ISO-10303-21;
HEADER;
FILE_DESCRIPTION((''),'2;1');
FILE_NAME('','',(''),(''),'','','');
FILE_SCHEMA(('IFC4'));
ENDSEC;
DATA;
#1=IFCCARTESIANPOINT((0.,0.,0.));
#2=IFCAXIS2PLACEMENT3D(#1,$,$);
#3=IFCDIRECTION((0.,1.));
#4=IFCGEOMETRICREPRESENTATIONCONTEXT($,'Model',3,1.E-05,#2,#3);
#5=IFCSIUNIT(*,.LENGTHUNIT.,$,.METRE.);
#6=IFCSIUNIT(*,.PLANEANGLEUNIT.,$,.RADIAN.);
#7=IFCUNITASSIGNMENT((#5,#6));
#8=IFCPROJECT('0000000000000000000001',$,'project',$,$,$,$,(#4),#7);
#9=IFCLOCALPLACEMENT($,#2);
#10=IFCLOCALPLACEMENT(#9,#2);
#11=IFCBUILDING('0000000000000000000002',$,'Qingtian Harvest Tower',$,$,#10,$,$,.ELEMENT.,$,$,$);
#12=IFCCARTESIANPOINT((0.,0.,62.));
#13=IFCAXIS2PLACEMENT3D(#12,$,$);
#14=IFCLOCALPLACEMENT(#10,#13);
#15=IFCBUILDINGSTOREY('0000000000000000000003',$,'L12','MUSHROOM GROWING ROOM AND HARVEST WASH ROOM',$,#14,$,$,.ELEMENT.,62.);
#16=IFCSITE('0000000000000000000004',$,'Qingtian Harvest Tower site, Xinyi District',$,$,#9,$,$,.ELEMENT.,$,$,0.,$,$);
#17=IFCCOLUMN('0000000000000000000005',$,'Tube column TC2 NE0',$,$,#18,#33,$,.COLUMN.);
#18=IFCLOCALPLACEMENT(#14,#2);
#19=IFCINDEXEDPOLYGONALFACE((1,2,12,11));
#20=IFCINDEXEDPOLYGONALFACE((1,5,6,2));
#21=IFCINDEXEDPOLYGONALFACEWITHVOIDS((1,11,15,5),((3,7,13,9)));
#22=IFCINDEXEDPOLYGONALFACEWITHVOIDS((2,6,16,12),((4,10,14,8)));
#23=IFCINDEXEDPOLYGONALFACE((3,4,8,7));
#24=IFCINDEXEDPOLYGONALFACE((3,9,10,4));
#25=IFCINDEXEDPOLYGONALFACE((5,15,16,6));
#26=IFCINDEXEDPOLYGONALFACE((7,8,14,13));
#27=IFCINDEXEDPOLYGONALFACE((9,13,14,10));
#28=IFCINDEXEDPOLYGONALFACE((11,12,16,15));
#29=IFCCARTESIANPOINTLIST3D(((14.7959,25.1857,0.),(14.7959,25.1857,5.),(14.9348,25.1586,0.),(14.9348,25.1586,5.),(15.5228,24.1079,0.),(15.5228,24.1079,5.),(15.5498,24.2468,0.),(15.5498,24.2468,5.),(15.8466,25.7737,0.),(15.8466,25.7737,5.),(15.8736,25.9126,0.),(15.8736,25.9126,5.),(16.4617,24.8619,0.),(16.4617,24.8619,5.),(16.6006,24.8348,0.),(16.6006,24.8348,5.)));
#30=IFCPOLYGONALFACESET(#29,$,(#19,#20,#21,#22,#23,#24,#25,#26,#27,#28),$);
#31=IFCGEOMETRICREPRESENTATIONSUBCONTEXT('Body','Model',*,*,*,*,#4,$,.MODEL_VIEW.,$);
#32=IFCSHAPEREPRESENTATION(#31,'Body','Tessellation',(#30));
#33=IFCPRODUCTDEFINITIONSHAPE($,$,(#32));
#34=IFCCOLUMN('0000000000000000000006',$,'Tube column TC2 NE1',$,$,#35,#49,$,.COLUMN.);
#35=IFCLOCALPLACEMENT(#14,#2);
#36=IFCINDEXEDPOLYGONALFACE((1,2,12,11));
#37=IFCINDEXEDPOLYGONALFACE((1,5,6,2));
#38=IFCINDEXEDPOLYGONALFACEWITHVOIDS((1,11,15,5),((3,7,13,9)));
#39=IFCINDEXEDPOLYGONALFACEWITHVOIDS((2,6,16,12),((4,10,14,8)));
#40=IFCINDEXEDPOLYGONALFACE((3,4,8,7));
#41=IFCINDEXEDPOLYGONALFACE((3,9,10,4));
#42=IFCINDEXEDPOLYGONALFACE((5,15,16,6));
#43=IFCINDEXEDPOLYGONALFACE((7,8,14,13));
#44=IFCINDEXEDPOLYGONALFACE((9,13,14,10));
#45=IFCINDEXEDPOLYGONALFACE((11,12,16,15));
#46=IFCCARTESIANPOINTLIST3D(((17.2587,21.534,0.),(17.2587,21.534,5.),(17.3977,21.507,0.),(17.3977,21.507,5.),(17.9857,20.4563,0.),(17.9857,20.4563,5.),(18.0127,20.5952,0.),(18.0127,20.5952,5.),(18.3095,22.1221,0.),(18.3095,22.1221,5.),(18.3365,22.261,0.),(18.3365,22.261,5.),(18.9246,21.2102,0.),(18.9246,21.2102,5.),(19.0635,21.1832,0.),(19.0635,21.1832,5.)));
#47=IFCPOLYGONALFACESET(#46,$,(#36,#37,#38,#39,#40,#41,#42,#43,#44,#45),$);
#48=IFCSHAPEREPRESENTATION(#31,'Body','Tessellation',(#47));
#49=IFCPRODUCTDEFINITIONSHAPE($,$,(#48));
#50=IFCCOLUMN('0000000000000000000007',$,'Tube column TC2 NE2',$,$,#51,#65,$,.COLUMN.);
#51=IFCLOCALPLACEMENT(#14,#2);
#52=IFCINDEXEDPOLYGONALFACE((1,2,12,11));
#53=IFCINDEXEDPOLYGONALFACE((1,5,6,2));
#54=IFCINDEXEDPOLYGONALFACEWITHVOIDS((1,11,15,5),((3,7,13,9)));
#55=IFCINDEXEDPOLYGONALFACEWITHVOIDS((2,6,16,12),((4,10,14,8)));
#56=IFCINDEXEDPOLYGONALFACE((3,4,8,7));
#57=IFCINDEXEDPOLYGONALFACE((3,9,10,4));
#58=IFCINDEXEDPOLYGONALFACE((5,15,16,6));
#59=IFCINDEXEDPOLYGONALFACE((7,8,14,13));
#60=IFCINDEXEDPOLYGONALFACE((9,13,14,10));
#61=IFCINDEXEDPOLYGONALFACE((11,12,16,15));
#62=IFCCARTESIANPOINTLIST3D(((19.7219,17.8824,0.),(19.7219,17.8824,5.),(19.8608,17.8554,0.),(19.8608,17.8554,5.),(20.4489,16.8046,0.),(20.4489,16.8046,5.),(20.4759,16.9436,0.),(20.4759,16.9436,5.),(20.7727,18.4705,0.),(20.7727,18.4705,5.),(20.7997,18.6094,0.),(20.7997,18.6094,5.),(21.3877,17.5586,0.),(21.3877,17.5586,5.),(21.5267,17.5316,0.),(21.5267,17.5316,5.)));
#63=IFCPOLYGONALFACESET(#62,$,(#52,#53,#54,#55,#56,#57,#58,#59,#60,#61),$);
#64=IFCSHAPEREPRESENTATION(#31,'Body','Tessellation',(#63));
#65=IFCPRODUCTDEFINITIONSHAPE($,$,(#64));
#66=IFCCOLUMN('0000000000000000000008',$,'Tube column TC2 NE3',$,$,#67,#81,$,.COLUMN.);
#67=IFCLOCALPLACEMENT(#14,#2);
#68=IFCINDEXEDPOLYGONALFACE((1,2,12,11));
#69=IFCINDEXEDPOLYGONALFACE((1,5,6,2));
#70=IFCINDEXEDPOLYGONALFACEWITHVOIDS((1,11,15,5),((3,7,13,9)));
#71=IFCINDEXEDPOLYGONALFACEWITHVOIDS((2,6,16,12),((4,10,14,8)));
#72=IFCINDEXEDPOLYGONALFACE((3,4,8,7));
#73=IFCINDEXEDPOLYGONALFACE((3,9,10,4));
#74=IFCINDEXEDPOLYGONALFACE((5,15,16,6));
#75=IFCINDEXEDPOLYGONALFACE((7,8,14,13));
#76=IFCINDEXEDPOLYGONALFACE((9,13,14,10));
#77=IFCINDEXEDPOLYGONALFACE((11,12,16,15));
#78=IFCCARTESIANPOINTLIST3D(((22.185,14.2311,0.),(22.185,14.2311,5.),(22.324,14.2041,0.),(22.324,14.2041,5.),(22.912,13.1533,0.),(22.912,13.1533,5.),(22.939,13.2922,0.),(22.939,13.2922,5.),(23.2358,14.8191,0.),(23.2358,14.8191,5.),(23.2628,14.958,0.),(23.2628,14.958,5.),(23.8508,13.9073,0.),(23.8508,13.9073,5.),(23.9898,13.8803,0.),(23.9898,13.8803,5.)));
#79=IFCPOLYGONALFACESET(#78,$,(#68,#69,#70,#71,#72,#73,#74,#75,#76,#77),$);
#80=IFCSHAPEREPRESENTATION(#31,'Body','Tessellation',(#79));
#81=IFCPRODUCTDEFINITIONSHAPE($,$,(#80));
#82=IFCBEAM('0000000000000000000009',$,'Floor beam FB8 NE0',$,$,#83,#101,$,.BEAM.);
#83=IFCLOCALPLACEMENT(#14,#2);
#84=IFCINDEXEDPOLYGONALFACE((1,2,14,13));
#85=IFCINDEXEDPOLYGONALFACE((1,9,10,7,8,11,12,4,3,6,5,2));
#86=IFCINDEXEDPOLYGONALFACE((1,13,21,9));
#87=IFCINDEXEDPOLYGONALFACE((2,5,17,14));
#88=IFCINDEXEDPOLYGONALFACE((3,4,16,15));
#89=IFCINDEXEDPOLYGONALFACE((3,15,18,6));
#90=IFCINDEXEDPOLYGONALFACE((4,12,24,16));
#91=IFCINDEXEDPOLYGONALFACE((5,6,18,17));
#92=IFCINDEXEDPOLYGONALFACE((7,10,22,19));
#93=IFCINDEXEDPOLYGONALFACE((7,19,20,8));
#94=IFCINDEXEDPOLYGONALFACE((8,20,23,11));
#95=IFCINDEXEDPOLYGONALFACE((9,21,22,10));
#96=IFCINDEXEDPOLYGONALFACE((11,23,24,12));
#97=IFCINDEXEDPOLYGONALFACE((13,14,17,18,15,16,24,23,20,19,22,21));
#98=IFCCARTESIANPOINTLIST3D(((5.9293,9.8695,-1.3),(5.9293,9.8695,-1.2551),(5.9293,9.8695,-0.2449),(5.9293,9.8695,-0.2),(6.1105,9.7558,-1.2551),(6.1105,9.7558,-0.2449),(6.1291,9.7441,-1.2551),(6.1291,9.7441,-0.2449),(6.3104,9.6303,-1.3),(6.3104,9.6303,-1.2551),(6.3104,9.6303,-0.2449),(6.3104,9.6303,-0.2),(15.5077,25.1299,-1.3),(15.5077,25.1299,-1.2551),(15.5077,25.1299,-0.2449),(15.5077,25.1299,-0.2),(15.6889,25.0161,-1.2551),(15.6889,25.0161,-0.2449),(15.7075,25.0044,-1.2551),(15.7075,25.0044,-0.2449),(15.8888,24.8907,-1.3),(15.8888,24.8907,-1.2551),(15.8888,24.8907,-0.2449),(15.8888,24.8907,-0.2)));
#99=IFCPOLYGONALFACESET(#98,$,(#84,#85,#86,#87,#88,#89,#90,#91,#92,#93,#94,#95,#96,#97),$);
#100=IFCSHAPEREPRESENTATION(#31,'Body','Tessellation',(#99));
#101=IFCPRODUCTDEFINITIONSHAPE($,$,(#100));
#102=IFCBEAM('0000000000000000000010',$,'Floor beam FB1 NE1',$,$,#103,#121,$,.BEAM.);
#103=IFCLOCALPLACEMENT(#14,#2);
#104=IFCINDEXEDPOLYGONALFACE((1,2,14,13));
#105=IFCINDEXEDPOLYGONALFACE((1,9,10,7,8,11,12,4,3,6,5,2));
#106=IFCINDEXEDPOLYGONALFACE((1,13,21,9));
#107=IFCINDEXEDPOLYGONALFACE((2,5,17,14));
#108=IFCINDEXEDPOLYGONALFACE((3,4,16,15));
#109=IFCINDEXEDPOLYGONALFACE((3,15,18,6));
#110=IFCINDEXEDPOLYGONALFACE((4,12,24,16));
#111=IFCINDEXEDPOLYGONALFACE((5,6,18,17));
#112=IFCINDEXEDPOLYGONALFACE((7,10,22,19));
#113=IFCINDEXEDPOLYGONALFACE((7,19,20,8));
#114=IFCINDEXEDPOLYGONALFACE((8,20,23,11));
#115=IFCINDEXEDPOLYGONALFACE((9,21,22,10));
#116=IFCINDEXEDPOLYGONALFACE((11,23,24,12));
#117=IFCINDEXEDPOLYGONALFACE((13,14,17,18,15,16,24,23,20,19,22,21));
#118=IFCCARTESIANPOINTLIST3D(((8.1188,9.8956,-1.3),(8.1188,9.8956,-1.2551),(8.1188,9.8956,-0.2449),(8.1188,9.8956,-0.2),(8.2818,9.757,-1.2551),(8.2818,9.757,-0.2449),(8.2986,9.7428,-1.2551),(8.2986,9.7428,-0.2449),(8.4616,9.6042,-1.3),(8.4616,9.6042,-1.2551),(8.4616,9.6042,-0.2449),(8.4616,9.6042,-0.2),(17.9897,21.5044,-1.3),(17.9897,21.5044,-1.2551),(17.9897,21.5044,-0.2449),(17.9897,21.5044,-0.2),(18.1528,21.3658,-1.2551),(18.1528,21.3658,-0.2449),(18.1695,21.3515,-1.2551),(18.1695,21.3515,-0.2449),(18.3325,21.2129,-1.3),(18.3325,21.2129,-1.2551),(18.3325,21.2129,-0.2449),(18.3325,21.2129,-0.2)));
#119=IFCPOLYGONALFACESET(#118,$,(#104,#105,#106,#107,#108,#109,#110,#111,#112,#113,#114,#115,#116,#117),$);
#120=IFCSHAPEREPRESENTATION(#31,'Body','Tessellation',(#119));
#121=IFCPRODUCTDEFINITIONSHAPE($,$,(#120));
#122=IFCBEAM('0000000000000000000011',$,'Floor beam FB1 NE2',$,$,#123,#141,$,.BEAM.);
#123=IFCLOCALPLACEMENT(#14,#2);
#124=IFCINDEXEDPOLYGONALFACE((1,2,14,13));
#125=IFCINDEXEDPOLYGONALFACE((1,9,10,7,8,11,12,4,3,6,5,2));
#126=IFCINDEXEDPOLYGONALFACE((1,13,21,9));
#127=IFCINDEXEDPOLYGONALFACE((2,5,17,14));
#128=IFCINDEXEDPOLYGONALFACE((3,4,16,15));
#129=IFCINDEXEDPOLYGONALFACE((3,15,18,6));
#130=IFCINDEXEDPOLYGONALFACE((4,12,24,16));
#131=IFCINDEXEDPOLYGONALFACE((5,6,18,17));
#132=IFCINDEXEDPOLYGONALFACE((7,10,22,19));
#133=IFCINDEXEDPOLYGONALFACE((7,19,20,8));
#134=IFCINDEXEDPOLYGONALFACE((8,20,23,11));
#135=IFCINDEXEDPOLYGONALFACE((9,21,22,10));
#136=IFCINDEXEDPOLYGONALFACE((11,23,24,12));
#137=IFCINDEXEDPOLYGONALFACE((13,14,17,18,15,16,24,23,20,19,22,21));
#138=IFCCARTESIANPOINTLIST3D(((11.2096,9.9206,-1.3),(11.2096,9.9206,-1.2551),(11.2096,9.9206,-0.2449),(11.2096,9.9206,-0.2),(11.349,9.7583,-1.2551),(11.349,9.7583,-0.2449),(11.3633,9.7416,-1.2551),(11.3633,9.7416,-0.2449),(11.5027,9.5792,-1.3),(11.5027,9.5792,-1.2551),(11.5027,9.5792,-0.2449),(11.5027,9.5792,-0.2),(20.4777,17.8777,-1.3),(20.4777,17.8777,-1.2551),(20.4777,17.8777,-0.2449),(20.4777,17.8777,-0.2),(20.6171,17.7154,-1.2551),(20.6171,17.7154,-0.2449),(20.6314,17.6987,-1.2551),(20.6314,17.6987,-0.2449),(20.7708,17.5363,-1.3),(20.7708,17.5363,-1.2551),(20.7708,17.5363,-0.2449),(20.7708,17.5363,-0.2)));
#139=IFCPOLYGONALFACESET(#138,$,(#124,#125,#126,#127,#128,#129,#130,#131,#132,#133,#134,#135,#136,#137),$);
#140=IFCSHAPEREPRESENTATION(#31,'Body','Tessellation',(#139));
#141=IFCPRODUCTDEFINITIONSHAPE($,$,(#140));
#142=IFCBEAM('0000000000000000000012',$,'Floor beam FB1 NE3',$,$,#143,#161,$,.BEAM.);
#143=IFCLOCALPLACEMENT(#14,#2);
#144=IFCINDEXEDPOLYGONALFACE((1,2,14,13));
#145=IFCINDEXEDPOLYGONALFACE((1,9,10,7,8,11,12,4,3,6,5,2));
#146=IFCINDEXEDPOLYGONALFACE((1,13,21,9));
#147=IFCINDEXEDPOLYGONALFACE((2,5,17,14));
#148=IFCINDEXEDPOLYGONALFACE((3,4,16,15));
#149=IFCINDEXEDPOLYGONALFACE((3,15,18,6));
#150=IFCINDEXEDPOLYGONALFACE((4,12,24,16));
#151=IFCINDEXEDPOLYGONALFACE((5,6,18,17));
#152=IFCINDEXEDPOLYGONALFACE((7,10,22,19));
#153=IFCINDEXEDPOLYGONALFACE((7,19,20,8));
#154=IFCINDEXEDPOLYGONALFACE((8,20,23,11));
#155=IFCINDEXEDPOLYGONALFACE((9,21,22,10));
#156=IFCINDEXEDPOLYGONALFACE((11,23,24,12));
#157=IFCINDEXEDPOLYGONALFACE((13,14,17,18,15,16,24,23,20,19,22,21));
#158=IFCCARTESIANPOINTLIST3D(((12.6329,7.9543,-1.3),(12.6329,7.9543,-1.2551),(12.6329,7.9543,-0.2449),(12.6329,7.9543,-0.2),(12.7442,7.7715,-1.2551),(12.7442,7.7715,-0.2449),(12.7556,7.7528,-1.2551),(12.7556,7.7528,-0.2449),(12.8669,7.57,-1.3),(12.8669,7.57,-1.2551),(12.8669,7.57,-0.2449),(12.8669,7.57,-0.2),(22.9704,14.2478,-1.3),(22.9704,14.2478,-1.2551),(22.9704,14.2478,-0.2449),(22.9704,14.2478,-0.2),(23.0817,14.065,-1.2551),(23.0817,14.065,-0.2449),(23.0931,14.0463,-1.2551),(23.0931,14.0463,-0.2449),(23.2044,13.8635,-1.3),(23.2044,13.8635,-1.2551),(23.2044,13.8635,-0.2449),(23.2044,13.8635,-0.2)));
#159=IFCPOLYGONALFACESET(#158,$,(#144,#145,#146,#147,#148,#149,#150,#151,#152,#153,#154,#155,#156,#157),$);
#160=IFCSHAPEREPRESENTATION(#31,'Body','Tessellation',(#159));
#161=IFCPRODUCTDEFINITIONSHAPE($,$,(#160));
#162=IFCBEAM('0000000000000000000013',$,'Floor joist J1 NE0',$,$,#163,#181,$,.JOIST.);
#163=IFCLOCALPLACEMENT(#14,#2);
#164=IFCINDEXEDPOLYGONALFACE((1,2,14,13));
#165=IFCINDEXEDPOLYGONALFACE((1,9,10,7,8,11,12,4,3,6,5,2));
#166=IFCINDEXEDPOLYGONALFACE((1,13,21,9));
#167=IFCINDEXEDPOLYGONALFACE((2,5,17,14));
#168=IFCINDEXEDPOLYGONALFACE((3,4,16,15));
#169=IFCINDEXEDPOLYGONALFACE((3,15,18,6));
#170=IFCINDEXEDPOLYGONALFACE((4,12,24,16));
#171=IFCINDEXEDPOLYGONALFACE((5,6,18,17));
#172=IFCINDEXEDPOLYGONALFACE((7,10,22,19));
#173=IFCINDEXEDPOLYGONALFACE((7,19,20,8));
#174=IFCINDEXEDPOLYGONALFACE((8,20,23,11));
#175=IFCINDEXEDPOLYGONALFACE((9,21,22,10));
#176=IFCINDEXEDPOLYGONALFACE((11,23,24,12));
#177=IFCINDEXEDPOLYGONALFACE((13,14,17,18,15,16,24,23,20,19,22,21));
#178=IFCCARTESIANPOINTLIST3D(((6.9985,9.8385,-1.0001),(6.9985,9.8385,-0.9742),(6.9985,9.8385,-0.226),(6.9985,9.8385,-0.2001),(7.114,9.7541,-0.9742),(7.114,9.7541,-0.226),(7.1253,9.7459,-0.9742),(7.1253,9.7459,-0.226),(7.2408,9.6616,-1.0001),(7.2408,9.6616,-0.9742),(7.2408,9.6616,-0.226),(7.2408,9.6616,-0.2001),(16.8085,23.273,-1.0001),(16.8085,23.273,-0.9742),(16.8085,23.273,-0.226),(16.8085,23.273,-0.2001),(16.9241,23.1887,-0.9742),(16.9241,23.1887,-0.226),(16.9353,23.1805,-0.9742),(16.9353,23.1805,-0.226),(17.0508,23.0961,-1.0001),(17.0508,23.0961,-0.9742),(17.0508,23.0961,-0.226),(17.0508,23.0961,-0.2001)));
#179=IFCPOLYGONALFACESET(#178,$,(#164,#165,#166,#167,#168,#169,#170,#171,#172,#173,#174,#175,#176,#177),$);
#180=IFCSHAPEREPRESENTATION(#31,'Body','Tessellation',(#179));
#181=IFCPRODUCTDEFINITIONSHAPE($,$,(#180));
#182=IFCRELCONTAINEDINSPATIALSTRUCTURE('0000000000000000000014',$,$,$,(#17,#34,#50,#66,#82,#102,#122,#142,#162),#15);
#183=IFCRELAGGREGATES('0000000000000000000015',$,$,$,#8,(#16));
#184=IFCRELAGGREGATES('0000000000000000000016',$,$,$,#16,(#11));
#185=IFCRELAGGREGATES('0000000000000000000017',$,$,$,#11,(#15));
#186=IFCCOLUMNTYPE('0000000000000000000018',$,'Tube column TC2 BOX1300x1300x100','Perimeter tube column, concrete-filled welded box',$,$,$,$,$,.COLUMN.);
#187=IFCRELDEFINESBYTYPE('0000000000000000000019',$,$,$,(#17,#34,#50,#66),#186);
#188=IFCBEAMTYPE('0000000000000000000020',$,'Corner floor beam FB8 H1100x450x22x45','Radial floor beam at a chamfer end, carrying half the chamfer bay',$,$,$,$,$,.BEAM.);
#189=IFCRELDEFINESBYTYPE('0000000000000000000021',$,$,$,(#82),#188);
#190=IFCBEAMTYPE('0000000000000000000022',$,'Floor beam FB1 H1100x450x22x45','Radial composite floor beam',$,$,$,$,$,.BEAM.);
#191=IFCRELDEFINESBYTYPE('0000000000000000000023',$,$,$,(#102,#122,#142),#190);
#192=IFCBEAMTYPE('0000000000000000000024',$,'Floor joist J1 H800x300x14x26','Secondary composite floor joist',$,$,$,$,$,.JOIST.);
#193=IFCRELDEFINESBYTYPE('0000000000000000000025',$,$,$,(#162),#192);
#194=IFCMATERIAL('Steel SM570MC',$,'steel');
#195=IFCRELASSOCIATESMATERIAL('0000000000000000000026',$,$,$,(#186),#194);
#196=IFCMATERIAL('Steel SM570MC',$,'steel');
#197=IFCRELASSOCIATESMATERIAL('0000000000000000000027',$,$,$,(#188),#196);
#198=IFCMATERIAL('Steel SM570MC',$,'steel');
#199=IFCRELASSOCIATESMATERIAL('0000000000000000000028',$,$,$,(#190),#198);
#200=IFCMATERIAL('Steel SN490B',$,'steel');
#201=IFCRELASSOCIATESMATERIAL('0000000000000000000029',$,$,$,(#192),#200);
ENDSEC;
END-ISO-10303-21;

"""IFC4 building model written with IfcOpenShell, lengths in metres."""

from ifc_helpers import new_model, si_unit, direction, frame, origin, origin_2d, place, context, subcontext, project, spatial, hollow_rectangle, i_section, extrude, material, material_profile, profile_set, type_object, element, save


model = new_model("IFC4")

# Units and contexts
model_context = context("Model", 3, precision=1e-05, world=origin(), true_north=direction((0.0, 1.0)))
body_context = subcontext(model_context, "Body", "Model", "MODEL_VIEW")
ifc_project = project(units=[si_unit("LENGTHUNIT", "METRE"), si_unit("PLANEANGLEUNIT", "RADIAN")], contexts=[model_context])

# Site, building, storey
site_placement = place(None, origin())
site = spatial("IfcSite", under=ifc_project, at=site_placement, Name="Qingtian Harvest Tower site, Xinyi District", CompositionType="ELEMENT", RefElevation=0.0)
building_placement = place(site_placement, origin())
building = spatial("IfcBuilding", under=site, at=building_placement, Name="Qingtian Harvest Tower", CompositionType="ELEMENT")
storey_placement = place(building_placement, frame((0.0, 0.0, 62.0)))
storey = spatial("IfcBuildingStorey", under=building, at=storey_placement, Name="L12", Description="MUSHROOM GROWING ROOM AND HARVEST WASH ROOM", CompositionType="ELEMENT", Elevation=62.0)

# Columns
ifc_material_1 = material(Name="Steel SM570MC", Category="steel")
ifc_material_profile_1 = material_profile(ifc_material_1, hollow_rectangle(XDim=1.3, YDim=1.3, WallThickness=0.1001, at=origin_2d()), Name="BOX1300x1300x100")
ifc_profile_set_1 = profile_set([ifc_material_profile_1], Name="Steel SM570MC")
column_type = type_object("IfcColumnType", Name="Tube column TC2 BOX1300x1300x100", Description="Perimeter tube column, concrete-filled welded box", PredefinedType="COLUMN", material=ifc_profile_set_1)
for number, where, z_axis, x_axis, name in (
    (1, (15.6982, 25.0103, 0.0), (0.0, 0.0, 1.0), (-0.559193, 0.829038, 0.0), "Tube column TC2 NE0"),
    (2, (18.1611, 21.3586, 0.0), (0.0, 0.0, 1.0), (-0.559193, 0.829038, 0.0), "Tube column TC2 NE1"),
    (3, (20.6243, 17.707, 0.0), (0.0, 0.0, 1.0), (-0.559193, 0.829038, 0.0), "Tube column TC2 NE2"),
    (4, (23.0874, 14.0557, 0.0), (0.0, 0.0, 1.0), (-0.559193, 0.829038, 0.0), "Tube column TC2 NE3"),
):
    element("IfcColumn", number, at=place(storey_placement, frame(where, z_axis=z_axis, x_axis=x_axis)), inside=storey, type_object=column_type, Name=name, PredefinedType="COLUMN", context=body_context, shape_type="SweptSolid", body=[
        extrude(hollow_rectangle(XDim=1.3, YDim=1.3, WallThickness=0.1001, at=origin_2d()), origin(), (0.0, 0.0, 1.0), 5.0),
    ])

# Beams
ifc_material_2 = material(Name="Steel SM570MC", Category="steel")
ifc_material_profile_2 = material_profile(ifc_material_2, i_section(OverallWidth=0.45, OverallDepth=1.1001, WebThickness=0.022, FlangeThickness=0.0449, at=origin_2d()), Name="H1100x450x22x45")
ifc_profile_set_2 = profile_set([ifc_material_profile_2], Name="Steel SM570MC")
beam_type_1 = type_object("IfcBeamType", Name="Corner floor beam FB8 H1100x450x22x45", Description="Radial floor beam at a chamfer end, carrying half the chamfer bay", PredefinedType="BEAM", material=ifc_profile_set_2)
beam_1_placement = place(storey_placement, frame((15.6982, 25.0103, -0.75), z_axis=(-0.531623, -0.846981, 0.0), x_axis=(0.846981, -0.531623, 0.0)))
element("IfcBeam", 5, at=beam_1_placement, inside=storey, type_object=beam_type_1, Name="Floor beam FB8 NE0", PredefinedType="BEAM", context=body_context, shape_type="SweptSolid", body=[
    extrude(i_section(OverallWidth=0.45, OverallDepth=1.1001, WebThickness=0.022, FlangeThickness=0.0449, at=origin_2d()), origin(), (0.0, 0.0, 1.0), 18.0173),
])
ifc_material_3 = material(Name="Steel SM570MC", Category="steel")
ifc_material_profile_3 = material_profile(ifc_material_3, i_section(OverallWidth=0.45, OverallDepth=1.1001, WebThickness=0.022, FlangeThickness=0.0449, at=origin_2d()), Name="H1100x450x22x45")
ifc_profile_set_3 = profile_set([ifc_material_profile_3], Name="Steel SM570MC")
beam_type_2 = type_object("IfcBeamType", Name="Floor beam FB1 H1100x450x22x45", Description="Radial composite floor beam", PredefinedType="BEAM", material=ifc_profile_set_3)
beam_2_placement = place(storey_placement, frame((18.1611, 21.3586, -0.75), z_axis=(-0.647782, -0.761826, 0.0), x_axis=(0.761826, -0.647782, 0.0)))
element("IfcBeam", 6, at=beam_2_placement, inside=storey, type_object=beam_type_2, Name="Floor beam FB1 NE1", PredefinedType="BEAM", context=body_context, shape_type="SweptSolid", body=[
    extrude(i_section(OverallWidth=0.45, OverallDepth=1.1001, WebThickness=0.022, FlangeThickness=0.0449, at=origin_2d()), origin(), (0.0, 0.0, 1.0), 15.238),
])
beam_3_placement = place(storey_placement, frame((20.6243, 17.707, -0.75), z_axis=(-0.758732, -0.651403, 0.0), x_axis=(0.651403, -0.758732, 0.0)))
element("IfcBeam", 7, at=beam_3_placement, inside=storey, type_object=beam_type_2, Name="Floor beam FB1 NE2", PredefinedType="BEAM", context=body_context, shape_type="SweptSolid", body=[
    extrude(i_section(OverallWidth=0.45, OverallDepth=1.1001, WebThickness=0.022, FlangeThickness=0.0449, at=origin_2d()), origin(), (0.0, 0.0, 1.0), 12.2153),
])
beam_4_placement = place(storey_placement, frame((23.0874, 14.0557, -0.75), z_axis=(-0.854157, -0.520015, 0.0), x_axis=(0.520015, -0.854157, 0.0)))
element("IfcBeam", 8, at=beam_4_placement, inside=storey, type_object=beam_type_2, Name="Floor beam FB1 NE3", PredefinedType="BEAM", context=body_context, shape_type="SweptSolid", body=[
    extrude(i_section(OverallWidth=0.45, OverallDepth=1.1001, WebThickness=0.022, FlangeThickness=0.0449, at=origin_2d()), origin(), (0.0, 0.0, 1.0), 12.1025),
])
ifc_material_4 = material(Name="Steel SN490B", Category="steel")
ifc_material_profile_4 = material_profile(ifc_material_4, i_section(OverallWidth=0.3, OverallDepth=0.8, WebThickness=0.0139, FlangeThickness=0.0259, at=origin_2d()), Name="H800x300x14x26")
ifc_profile_set_4 = profile_set([ifc_material_profile_4], Name="Steel SN490B")
beam_type_3 = type_object("IfcBeamType", Name="Floor joist J1 H800x300x14x26", Description="Secondary composite floor joist", PredefinedType="JOIST", material=ifc_profile_set_4)
beam_5_placement = place(storey_placement, frame((16.9297, 23.1846, -0.6001), z_axis=(-0.589722, -0.807606, 0.0), x_axis=(0.807606, -0.589722, 0.0)))
element("IfcBeam", 9, at=beam_5_placement, inside=storey, type_object=beam_type_3, Name="Floor joist J1 NE0", PredefinedType="JOIST", context=body_context, shape_type="SweptSolid", body=[
    extrude(i_section(OverallWidth=0.3, OverallDepth=0.8, WebThickness=0.0139, FlangeThickness=0.0259, at=origin_2d()), origin(), (0.0, 0.0, 1.0), 16.635),
])

save(model, "model.ifc")
